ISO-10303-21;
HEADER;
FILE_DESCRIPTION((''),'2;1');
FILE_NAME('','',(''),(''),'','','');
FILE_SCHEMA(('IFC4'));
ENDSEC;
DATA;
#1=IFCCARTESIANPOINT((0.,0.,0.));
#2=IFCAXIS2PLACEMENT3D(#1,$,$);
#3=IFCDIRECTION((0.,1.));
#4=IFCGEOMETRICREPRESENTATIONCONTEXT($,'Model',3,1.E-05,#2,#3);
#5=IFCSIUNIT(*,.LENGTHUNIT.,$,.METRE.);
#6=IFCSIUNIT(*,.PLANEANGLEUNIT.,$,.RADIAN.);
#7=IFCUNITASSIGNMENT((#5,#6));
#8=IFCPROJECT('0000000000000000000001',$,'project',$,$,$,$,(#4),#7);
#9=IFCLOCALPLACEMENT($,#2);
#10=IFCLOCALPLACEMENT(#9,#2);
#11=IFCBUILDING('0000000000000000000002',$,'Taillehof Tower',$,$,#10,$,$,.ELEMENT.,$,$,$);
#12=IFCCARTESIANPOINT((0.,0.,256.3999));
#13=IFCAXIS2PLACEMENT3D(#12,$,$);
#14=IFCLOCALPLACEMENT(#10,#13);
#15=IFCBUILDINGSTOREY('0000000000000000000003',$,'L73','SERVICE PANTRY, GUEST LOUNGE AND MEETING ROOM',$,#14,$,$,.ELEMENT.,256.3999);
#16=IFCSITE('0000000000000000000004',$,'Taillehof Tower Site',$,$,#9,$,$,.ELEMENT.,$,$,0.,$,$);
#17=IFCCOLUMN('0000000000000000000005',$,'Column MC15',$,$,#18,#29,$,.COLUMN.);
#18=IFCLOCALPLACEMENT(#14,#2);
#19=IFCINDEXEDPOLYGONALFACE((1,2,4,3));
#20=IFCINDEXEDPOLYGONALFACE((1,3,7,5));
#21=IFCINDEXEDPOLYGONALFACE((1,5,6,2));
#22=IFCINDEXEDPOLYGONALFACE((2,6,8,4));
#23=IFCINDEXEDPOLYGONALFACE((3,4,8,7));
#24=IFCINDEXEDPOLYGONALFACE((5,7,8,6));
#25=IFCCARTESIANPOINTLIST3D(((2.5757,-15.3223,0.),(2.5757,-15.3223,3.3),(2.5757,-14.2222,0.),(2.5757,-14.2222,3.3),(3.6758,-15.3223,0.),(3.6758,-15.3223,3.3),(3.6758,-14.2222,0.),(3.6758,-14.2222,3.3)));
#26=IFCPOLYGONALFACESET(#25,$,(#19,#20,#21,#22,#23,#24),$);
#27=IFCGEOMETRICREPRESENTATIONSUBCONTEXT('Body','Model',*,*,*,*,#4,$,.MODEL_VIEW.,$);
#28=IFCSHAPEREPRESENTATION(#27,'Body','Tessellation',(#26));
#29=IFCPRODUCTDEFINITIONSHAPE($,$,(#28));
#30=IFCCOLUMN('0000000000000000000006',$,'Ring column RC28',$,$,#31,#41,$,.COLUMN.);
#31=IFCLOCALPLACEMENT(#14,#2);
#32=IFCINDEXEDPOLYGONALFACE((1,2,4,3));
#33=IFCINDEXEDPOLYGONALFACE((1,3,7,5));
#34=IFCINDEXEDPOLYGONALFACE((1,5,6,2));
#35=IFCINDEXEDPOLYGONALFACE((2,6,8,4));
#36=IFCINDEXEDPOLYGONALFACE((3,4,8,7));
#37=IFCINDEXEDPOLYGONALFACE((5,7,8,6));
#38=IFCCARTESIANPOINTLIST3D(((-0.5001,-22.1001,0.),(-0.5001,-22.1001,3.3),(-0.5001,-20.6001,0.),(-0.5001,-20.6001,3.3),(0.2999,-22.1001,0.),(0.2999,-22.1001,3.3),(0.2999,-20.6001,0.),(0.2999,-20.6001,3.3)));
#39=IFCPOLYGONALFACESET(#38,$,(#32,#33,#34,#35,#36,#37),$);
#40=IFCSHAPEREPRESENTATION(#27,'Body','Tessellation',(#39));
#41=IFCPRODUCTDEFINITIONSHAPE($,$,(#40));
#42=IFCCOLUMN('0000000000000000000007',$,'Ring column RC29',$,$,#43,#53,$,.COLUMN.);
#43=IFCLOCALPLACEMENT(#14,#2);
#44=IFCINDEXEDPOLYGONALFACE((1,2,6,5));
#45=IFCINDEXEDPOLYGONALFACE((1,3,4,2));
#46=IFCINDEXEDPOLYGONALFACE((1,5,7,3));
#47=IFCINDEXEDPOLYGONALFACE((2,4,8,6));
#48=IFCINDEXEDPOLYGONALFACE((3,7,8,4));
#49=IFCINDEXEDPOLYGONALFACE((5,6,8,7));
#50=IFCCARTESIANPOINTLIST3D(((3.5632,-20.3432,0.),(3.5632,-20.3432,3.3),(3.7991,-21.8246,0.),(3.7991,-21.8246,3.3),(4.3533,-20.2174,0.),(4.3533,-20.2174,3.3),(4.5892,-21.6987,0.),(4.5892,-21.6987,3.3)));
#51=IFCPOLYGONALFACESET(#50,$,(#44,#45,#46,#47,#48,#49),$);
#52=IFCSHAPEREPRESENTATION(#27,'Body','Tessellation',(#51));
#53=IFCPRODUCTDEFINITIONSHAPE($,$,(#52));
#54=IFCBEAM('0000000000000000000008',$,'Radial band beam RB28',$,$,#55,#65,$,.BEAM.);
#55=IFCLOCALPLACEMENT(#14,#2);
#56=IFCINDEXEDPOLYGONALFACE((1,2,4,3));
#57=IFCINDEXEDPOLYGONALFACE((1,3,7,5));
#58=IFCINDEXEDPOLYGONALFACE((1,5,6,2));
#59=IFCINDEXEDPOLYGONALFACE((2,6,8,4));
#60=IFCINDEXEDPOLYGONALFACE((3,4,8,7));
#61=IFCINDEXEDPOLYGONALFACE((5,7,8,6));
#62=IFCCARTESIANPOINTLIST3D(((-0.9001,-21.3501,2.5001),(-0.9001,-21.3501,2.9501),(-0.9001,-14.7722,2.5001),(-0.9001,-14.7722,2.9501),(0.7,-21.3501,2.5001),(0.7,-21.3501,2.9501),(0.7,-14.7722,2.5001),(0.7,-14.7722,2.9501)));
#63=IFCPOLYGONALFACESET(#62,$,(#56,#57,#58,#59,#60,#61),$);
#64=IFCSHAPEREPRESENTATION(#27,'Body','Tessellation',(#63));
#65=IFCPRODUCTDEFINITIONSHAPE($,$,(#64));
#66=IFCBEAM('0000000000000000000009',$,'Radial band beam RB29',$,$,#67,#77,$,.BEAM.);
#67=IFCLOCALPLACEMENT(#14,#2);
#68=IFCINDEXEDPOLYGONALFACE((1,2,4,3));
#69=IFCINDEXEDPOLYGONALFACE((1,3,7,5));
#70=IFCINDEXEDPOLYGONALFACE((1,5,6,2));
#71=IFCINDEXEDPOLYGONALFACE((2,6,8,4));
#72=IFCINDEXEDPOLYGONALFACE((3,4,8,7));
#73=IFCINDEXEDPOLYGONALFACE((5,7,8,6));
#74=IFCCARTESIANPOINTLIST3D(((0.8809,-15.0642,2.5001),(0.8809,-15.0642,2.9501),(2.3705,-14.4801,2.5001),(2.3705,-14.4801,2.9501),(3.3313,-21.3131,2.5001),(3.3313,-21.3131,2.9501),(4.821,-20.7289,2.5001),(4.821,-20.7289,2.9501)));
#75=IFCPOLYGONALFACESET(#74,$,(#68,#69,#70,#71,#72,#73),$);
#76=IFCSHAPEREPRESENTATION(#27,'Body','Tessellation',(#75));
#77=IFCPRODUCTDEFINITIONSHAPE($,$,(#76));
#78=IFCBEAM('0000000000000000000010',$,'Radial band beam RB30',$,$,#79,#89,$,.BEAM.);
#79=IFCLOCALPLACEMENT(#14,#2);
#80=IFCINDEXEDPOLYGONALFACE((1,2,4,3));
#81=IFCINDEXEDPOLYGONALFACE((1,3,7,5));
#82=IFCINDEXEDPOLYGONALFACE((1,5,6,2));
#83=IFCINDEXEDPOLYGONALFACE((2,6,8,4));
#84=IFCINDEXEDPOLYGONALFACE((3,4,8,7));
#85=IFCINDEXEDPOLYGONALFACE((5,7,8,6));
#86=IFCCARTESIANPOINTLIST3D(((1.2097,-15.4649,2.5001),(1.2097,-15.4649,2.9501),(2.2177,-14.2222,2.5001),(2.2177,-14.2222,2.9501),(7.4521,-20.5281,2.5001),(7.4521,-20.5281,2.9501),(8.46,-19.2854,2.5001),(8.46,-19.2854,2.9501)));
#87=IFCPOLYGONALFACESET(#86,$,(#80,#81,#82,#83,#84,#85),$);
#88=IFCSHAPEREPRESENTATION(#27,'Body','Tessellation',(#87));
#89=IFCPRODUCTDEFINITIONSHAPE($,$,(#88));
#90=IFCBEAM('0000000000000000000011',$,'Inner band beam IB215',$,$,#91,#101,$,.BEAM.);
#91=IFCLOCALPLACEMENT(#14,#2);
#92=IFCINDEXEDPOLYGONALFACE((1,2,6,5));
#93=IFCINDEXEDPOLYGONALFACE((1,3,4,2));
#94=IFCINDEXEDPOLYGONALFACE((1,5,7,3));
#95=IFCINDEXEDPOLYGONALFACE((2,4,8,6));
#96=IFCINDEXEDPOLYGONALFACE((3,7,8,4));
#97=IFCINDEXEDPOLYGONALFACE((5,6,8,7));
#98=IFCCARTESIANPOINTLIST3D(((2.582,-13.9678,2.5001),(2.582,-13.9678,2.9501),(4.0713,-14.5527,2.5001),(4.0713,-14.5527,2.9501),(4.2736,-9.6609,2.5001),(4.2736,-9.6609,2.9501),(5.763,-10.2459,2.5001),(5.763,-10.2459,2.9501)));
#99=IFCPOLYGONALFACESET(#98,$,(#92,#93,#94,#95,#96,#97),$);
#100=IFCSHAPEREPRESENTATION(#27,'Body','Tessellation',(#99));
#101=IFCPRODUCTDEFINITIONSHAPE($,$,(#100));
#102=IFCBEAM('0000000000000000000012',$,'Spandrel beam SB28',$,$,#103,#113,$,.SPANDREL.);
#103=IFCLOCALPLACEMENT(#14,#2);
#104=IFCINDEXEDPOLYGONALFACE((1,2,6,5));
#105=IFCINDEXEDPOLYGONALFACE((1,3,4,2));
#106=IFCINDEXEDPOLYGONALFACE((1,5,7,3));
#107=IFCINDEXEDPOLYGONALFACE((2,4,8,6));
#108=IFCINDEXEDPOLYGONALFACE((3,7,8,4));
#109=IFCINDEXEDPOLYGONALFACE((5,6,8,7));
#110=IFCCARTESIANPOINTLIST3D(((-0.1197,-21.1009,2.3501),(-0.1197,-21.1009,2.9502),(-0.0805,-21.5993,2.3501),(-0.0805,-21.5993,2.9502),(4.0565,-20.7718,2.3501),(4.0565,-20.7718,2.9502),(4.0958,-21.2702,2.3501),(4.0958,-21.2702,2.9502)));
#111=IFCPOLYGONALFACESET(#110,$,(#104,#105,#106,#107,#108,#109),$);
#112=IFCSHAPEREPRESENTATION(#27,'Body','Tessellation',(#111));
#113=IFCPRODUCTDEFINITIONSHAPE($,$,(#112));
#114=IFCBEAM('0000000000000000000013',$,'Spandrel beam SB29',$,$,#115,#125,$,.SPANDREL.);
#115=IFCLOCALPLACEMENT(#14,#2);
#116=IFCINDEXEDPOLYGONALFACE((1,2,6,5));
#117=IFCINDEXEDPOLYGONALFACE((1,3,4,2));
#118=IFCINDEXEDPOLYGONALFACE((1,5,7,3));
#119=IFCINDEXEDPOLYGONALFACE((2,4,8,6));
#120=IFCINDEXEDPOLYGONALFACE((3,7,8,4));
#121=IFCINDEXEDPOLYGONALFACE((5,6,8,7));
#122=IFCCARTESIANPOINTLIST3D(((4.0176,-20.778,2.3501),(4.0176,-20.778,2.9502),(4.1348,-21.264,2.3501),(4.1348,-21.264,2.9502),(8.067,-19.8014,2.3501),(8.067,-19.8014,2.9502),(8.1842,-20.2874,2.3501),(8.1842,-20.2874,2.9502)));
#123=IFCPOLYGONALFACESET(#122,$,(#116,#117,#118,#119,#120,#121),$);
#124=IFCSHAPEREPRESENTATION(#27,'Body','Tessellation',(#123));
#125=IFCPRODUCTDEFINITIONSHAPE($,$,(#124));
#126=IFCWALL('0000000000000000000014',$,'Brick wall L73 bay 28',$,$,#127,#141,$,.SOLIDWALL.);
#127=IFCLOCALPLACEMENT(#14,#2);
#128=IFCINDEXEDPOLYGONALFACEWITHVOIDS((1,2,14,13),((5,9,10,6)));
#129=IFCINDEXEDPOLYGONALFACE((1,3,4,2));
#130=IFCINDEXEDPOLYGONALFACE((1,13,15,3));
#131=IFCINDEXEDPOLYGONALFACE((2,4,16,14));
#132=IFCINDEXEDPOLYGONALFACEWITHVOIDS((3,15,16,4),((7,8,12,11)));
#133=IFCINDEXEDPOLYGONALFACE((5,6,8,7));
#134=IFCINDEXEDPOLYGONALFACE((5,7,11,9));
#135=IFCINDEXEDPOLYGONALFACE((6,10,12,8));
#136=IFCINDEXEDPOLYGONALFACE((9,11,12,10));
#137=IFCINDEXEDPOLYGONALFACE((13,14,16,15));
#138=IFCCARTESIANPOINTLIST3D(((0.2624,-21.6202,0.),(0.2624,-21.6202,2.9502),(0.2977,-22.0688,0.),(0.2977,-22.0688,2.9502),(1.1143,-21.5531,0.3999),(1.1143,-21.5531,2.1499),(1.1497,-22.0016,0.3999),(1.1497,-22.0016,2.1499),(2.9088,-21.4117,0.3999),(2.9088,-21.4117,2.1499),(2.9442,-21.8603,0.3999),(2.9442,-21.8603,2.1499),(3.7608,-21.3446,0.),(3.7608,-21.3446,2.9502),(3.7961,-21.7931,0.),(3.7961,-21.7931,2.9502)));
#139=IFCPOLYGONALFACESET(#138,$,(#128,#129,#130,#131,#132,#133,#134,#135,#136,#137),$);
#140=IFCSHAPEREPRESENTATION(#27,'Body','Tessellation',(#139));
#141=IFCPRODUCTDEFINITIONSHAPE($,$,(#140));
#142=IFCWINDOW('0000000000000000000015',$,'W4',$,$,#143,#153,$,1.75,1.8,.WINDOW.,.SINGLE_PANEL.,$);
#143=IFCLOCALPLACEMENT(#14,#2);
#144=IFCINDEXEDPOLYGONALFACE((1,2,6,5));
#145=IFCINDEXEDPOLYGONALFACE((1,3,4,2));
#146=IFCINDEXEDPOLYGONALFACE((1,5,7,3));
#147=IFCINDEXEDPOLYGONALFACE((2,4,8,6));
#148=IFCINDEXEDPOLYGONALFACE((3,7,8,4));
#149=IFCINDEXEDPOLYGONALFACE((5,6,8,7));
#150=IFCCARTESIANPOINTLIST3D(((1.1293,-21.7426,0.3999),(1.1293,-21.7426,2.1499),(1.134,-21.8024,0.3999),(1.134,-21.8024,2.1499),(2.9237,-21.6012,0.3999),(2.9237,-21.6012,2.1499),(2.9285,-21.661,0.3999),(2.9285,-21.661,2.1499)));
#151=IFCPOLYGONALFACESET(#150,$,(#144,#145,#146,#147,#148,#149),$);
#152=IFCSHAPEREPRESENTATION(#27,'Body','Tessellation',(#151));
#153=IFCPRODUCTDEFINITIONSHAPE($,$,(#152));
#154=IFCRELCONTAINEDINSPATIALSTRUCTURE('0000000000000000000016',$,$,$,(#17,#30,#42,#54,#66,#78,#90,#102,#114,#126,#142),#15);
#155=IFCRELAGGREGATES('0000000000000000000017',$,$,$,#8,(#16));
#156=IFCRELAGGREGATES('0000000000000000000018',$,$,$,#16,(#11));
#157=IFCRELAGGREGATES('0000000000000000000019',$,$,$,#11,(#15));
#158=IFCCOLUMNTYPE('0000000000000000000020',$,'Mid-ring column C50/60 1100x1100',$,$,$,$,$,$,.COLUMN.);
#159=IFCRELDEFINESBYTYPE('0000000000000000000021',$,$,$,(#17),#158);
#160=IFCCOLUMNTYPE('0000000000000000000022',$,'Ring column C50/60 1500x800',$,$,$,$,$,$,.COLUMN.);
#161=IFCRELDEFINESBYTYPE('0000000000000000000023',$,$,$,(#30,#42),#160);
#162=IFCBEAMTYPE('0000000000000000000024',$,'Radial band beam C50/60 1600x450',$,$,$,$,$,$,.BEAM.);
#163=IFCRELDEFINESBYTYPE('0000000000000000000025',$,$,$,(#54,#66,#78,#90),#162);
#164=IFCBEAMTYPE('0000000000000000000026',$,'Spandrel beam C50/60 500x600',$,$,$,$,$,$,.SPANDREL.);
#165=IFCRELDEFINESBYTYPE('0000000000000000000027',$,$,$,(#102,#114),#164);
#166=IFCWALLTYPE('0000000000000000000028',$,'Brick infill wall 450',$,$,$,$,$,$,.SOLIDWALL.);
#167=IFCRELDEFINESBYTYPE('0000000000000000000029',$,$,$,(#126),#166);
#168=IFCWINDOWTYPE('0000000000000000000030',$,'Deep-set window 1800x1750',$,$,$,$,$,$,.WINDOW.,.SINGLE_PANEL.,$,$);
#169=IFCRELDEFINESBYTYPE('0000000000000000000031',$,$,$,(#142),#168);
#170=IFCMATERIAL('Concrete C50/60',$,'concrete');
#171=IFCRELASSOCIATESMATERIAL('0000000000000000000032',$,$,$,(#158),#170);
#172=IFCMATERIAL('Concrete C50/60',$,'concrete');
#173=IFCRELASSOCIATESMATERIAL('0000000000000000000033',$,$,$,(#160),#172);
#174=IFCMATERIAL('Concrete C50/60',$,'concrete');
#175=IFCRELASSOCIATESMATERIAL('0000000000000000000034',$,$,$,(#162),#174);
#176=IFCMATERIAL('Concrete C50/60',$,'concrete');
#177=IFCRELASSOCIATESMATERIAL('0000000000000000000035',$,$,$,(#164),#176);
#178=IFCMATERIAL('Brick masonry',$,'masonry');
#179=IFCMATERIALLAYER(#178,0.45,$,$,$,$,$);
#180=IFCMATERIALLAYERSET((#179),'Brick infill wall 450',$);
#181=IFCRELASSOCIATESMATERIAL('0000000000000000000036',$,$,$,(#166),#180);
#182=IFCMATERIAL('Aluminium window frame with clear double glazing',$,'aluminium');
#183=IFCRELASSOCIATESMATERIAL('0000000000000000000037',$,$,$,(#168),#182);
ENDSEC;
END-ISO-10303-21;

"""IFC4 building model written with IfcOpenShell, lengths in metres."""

from ifc_helpers import new_model, si_unit, direction, frame, frame_2d, origin, origin_2d, place, context, subcontext, project, spatial, rectangle, extrude, material, layer, layer_set, material_profile, profile_set, type_object, element, fill, save


model = new_model("IFC4")

# Units and contexts
model_context = context("Model", 3, precision=1e-05, world=origin(), true_north=direction((0.0, 1.0)))
body_context = subcontext(model_context, "Body", "Model", "MODEL_VIEW")
ifc_project = project(units=[si_unit("LENGTHUNIT", "METRE"), si_unit("PLANEANGLEUNIT", "RADIAN")], contexts=[model_context])

# Site, building, storey
site_placement = place(None, origin())
site = spatial("IfcSite", under=ifc_project, at=site_placement, Name="Taillehof Tower Site", CompositionType="ELEMENT", RefElevation=0.0)
building_placement = place(site_placement, origin())
building = spatial("IfcBuilding", under=site, at=building_placement, Name="Taillehof Tower", CompositionType="ELEMENT")
storey_placement = place(building_placement, frame((0.0, 0.0, 256.3999)))
storey = spatial("IfcBuildingStorey", under=building, at=storey_placement, Name="L73", Description="SERVICE PANTRY, GUEST LOUNGE AND MEETING ROOM", CompositionType="ELEMENT", Elevation=256.3999)

# Columns
ifc_material_1 = material(Name="Concrete C50/60", Category="concrete")
ifc_material_profile_1 = material_profile(ifc_material_1, rectangle(XDim=1.1001, YDim=1.1001, at=origin_2d()), Name="RC 1100x1100")
ifc_profile_set_1 = profile_set([ifc_material_profile_1], Name="Concrete C50/60")
column_type_1 = type_object("IfcColumnType", Name="Mid-ring column C50/60 1100x1100", PredefinedType="COLUMN", material=ifc_profile_set_1)
column_placement = place(storey_placement, frame((3.1257, -14.7722, 0.0), z_axis=(0.0, 0.0, 1.0), x_axis=(1.0, 0.0, 0.0)))
element("IfcColumn", 1, at=column_placement, inside=storey, type_object=column_type_1, Name="Column MC15", PredefinedType="COLUMN", context=body_context, shape_type="SweptSolid", body=[
    extrude(rectangle(XDim=1.1001, YDim=1.1001, at=origin_2d()), origin(), (0.0, 0.0, 1.0), 3.3),
])
ifc_material_2 = material(Name="Concrete C50/60", Category="concrete")
ifc_material_profile_2 = material_profile(ifc_material_2, rectangle(XDim=1.5, YDim=0.8, at=origin_2d()), Name="RC 1500x800")
ifc_profile_set_2 = profile_set([ifc_material_profile_2], Name="Concrete C50/60")
column_type_2 = type_object("IfcColumnType", Name="Ring column C50/60 1500x800", PredefinedType="COLUMN", material=ifc_profile_set_2)
for number, where, z_axis, x_axis, name in (
    (2, (-0.1001, -21.3501, 0.0), (0.0, 0.0, 1.0), (0.0, -1.0, 0.0), "Ring column RC28"),
    (3, (4.0762, -21.021, 0.0), (0.0, 0.0, 1.0), (0.157281, -0.987554, 0.0), "Ring column RC29"),
):
    element("IfcColumn", number, at=place(storey_placement, frame(where, z_axis=z_axis, x_axis=x_axis)), inside=storey, type_object=column_type_2, Name=name, PredefinedType="COLUMN", context=body_context, shape_type="SweptSolid", body=[
        extrude(rectangle(XDim=1.5, YDim=0.8, at=origin_2d()), origin(), (0.0, 0.0, 1.0), 3.3),
    ])

# Beams
ifc_material_3 = material(Name="Concrete C50/60", Category="concrete")
ifc_material_profile_3 = material_profile(ifc_material_3, rectangle(XDim=1.6001, YDim=0.45, at=origin_2d()), Name="RC 1600x450")
ifc_profile_set_3 = profile_set([ifc_material_profile_3], Name="Concrete C50/60")
beam_type_1 = type_object("IfcBeamType", Name="Radial band beam C50/60 1600x450", PredefinedType="BEAM", material=ifc_profile_set_3)
beam_1_placement = place(storey_placement, frame((-0.1001, -21.3501, 2.7251), z_axis=(0.0, 1.0, 0.0), x_axis=(-1.0, 0.0, 0.0)))
element("IfcBeam", 4, at=beam_1_placement, inside=storey, type_object=beam_type_1, Name="Radial band beam RB28", PredefinedType="BEAM", context=body_context, shape_type="SweptSolid", body=[
    extrude(rectangle(XDim=1.6001, YDim=0.45, at=origin_2d()), origin(), (0.0, 0.0, 1.0), 6.5779),
])
beam_2_placement = place(storey_placement, frame((4.0762, -21.021, 2.7251), z_axis=(-0.365079, 0.930976, 0.0), x_axis=(-0.930976, -0.365079, 0.0)))
element("IfcBeam", 5, at=beam_2_placement, inside=storey, type_object=beam_type_1, Name="Radial band beam RB29", PredefinedType="BEAM", context=body_context, shape_type="SweptSolid", body=[
    extrude(rectangle(XDim=1.6001, YDim=0.45, at=origin_2d()), origin(), (0.0, 0.0, 1.0), 6.7122),
])
beam_3_placement = place(storey_placement, frame((7.9561, -19.9067, 2.7251), z_axis=(-0.776646, 0.629937, 0.0), x_axis=(-0.629937, -0.776646, 0.0)))
element("IfcBeam", 6, at=beam_3_placement, inside=storey, type_object=beam_type_1, Name="Radial band beam RB30", PredefinedType="BEAM", context=body_context, shape_type="SweptSolid", body=[
    extrude(rectangle(XDim=1.6001, YDim=0.45, at=origin_2d()), origin(), (0.0, 0.0, 1.0), 8.0376),
])
beam_4_placement = place(storey_placement, frame((3.3267, -14.2603, 2.7251), z_axis=(0.365589, 0.930777, 0.0), x_axis=(-0.930777, 0.365589, 0.0)))
element("IfcBeam", 7, at=beam_4_placement, inside=storey, type_object=beam_type_1, Name="Inner band beam IB215", PredefinedType="BEAM", context=body_context, shape_type="SweptSolid", body=[
    extrude(rectangle(XDim=1.6001, YDim=0.45, at=origin_2d()), origin(), (0.0, 0.0, 1.0), 4.6272),
])
ifc_material_4 = material(Name="Concrete C50/60", Category="concrete")
ifc_material_profile_4 = material_profile(ifc_material_4, rectangle(XDim=0.5, YDim=0.6001, at=origin_2d()), Name="RC 500x600")
ifc_profile_set_4 = profile_set([ifc_material_profile_4], Name="Concrete C50/60")
beam_type_2 = type_object("IfcBeamType", Name="Spandrel beam C50/60 500x600", PredefinedType="SPANDREL", material=ifc_profile_set_4)
beam_5_placement = place(storey_placement, frame((-0.1001, -21.3501, 2.6501), z_axis=(0.996909, 0.078559, 0.0), x_axis=(-0.078559, 0.996909, 0.0)))
element("IfcBeam", 8, at=beam_5_placement, inside=storey, type_object=beam_type_2, Name="Spandrel beam SB28", PredefinedType="SPANDREL", context=body_context, shape_type="SweptSolid", body=[
    extrude(rectangle(XDim=0.5, YDim=0.6001, at=origin_2d()), origin(), (0.0, 0.0, 1.0), 4.1892),
])
beam_6_placement = place(storey_placement, frame((4.0762, -21.021, 2.6501), z_axis=(0.972129, 0.234446, 0.0), x_axis=(-0.234446, 0.972129, 0.0)))
element("IfcBeam", 9, at=beam_6_placement, inside=storey, type_object=beam_type_2, Name="Spandrel beam SB29", PredefinedType="SPANDREL", context=body_context, shape_type="SweptSolid", body=[
    extrude(rectangle(XDim=0.5, YDim=0.6001, at=origin_2d()), origin(), (0.0, 0.0, 1.0), 4.1655),
])

# Wall, opening, window
ifc_material_5 = material(Name="Brick masonry", Category="masonry")
ifc_layer_1 = layer(ifc_material_5, 0.45)
ifc_layer_set_1 = layer_set([ifc_layer_1], Name="Brick infill wall 450")
wall_type_1 = type_object("IfcWallType", Name="Brick infill wall 450", PredefinedType="SOLIDWALL", material=ifc_layer_set_1)
wall_1_placement = place(storey_placement, frame((0.28, -21.8445, 0.0), z_axis=(0.0, 0.0, 1.0), x_axis=(0.996911, 0.078542, 0.0)))
wall_1 = element("IfcWall", 10, at=wall_1_placement, inside=storey, type_object=wall_type_1, Name="Brick wall L73 bay 28", PredefinedType="SOLIDWALL", context=body_context, shape_type="SweptSolid", body=[
    extrude(rectangle(XDim=3.5093, YDim=0.45, at=frame_2d((1.7546, 0.0))), origin(), (0.0, 0.0, 1.0), 2.9502),
])
opening_1_placement = place(wall_1_placement, frame((0.8547, 0.0, 0.3999)))
opening_1 = element("IfcOpeningElement", 11, at=opening_1_placement, cuts=wall_1, PredefinedType="OPENING", context=body_context, shape_type="SweptSolid", body=[
    extrude(rectangle(XDim=1.8, YDim=1.75, at=frame_2d((0.8999, 0.875))), frame((0.0, 0.2349, 0.0), z_axis=(0.0, -1.0, 0.0), x_axis=(1.0, 0.0, 0.0)), (0.0, 0.0, 1.0), 0.47),
])
ifc_material_6 = material(Name="Aluminium window frame with clear double glazing", Category="aluminium")
window_type = type_object("IfcWindowType", Name="Deep-set window 1800x1750", PartitioningType="SINGLE_PANEL", PredefinedType="WINDOW", material=ifc_material_6)
window_1_placement = place(opening_1_placement, origin())
window_1 = element("IfcWindow", 12, at=window_1_placement, inside=storey, type_object=window_type, Name="W4", OverallHeight=1.75, OverallWidth=1.8, PartitioningType="SINGLE_PANEL", PredefinedType="WINDOW", context=body_context, shape_type="SweptSolid", body=[
    extrude(rectangle(XDim=1.8, YDim=1.75, at=frame_2d((0.8999, 0.875))), frame((0.0, 0.0349, 0.0), z_axis=(0.0, -1.0, 0.0), x_axis=(1.0, 0.0, 0.0)), (0.0, 0.0, 1.0), 0.0601),
])
fill(opening_1, window_1)

save(model, "model.ifc")
